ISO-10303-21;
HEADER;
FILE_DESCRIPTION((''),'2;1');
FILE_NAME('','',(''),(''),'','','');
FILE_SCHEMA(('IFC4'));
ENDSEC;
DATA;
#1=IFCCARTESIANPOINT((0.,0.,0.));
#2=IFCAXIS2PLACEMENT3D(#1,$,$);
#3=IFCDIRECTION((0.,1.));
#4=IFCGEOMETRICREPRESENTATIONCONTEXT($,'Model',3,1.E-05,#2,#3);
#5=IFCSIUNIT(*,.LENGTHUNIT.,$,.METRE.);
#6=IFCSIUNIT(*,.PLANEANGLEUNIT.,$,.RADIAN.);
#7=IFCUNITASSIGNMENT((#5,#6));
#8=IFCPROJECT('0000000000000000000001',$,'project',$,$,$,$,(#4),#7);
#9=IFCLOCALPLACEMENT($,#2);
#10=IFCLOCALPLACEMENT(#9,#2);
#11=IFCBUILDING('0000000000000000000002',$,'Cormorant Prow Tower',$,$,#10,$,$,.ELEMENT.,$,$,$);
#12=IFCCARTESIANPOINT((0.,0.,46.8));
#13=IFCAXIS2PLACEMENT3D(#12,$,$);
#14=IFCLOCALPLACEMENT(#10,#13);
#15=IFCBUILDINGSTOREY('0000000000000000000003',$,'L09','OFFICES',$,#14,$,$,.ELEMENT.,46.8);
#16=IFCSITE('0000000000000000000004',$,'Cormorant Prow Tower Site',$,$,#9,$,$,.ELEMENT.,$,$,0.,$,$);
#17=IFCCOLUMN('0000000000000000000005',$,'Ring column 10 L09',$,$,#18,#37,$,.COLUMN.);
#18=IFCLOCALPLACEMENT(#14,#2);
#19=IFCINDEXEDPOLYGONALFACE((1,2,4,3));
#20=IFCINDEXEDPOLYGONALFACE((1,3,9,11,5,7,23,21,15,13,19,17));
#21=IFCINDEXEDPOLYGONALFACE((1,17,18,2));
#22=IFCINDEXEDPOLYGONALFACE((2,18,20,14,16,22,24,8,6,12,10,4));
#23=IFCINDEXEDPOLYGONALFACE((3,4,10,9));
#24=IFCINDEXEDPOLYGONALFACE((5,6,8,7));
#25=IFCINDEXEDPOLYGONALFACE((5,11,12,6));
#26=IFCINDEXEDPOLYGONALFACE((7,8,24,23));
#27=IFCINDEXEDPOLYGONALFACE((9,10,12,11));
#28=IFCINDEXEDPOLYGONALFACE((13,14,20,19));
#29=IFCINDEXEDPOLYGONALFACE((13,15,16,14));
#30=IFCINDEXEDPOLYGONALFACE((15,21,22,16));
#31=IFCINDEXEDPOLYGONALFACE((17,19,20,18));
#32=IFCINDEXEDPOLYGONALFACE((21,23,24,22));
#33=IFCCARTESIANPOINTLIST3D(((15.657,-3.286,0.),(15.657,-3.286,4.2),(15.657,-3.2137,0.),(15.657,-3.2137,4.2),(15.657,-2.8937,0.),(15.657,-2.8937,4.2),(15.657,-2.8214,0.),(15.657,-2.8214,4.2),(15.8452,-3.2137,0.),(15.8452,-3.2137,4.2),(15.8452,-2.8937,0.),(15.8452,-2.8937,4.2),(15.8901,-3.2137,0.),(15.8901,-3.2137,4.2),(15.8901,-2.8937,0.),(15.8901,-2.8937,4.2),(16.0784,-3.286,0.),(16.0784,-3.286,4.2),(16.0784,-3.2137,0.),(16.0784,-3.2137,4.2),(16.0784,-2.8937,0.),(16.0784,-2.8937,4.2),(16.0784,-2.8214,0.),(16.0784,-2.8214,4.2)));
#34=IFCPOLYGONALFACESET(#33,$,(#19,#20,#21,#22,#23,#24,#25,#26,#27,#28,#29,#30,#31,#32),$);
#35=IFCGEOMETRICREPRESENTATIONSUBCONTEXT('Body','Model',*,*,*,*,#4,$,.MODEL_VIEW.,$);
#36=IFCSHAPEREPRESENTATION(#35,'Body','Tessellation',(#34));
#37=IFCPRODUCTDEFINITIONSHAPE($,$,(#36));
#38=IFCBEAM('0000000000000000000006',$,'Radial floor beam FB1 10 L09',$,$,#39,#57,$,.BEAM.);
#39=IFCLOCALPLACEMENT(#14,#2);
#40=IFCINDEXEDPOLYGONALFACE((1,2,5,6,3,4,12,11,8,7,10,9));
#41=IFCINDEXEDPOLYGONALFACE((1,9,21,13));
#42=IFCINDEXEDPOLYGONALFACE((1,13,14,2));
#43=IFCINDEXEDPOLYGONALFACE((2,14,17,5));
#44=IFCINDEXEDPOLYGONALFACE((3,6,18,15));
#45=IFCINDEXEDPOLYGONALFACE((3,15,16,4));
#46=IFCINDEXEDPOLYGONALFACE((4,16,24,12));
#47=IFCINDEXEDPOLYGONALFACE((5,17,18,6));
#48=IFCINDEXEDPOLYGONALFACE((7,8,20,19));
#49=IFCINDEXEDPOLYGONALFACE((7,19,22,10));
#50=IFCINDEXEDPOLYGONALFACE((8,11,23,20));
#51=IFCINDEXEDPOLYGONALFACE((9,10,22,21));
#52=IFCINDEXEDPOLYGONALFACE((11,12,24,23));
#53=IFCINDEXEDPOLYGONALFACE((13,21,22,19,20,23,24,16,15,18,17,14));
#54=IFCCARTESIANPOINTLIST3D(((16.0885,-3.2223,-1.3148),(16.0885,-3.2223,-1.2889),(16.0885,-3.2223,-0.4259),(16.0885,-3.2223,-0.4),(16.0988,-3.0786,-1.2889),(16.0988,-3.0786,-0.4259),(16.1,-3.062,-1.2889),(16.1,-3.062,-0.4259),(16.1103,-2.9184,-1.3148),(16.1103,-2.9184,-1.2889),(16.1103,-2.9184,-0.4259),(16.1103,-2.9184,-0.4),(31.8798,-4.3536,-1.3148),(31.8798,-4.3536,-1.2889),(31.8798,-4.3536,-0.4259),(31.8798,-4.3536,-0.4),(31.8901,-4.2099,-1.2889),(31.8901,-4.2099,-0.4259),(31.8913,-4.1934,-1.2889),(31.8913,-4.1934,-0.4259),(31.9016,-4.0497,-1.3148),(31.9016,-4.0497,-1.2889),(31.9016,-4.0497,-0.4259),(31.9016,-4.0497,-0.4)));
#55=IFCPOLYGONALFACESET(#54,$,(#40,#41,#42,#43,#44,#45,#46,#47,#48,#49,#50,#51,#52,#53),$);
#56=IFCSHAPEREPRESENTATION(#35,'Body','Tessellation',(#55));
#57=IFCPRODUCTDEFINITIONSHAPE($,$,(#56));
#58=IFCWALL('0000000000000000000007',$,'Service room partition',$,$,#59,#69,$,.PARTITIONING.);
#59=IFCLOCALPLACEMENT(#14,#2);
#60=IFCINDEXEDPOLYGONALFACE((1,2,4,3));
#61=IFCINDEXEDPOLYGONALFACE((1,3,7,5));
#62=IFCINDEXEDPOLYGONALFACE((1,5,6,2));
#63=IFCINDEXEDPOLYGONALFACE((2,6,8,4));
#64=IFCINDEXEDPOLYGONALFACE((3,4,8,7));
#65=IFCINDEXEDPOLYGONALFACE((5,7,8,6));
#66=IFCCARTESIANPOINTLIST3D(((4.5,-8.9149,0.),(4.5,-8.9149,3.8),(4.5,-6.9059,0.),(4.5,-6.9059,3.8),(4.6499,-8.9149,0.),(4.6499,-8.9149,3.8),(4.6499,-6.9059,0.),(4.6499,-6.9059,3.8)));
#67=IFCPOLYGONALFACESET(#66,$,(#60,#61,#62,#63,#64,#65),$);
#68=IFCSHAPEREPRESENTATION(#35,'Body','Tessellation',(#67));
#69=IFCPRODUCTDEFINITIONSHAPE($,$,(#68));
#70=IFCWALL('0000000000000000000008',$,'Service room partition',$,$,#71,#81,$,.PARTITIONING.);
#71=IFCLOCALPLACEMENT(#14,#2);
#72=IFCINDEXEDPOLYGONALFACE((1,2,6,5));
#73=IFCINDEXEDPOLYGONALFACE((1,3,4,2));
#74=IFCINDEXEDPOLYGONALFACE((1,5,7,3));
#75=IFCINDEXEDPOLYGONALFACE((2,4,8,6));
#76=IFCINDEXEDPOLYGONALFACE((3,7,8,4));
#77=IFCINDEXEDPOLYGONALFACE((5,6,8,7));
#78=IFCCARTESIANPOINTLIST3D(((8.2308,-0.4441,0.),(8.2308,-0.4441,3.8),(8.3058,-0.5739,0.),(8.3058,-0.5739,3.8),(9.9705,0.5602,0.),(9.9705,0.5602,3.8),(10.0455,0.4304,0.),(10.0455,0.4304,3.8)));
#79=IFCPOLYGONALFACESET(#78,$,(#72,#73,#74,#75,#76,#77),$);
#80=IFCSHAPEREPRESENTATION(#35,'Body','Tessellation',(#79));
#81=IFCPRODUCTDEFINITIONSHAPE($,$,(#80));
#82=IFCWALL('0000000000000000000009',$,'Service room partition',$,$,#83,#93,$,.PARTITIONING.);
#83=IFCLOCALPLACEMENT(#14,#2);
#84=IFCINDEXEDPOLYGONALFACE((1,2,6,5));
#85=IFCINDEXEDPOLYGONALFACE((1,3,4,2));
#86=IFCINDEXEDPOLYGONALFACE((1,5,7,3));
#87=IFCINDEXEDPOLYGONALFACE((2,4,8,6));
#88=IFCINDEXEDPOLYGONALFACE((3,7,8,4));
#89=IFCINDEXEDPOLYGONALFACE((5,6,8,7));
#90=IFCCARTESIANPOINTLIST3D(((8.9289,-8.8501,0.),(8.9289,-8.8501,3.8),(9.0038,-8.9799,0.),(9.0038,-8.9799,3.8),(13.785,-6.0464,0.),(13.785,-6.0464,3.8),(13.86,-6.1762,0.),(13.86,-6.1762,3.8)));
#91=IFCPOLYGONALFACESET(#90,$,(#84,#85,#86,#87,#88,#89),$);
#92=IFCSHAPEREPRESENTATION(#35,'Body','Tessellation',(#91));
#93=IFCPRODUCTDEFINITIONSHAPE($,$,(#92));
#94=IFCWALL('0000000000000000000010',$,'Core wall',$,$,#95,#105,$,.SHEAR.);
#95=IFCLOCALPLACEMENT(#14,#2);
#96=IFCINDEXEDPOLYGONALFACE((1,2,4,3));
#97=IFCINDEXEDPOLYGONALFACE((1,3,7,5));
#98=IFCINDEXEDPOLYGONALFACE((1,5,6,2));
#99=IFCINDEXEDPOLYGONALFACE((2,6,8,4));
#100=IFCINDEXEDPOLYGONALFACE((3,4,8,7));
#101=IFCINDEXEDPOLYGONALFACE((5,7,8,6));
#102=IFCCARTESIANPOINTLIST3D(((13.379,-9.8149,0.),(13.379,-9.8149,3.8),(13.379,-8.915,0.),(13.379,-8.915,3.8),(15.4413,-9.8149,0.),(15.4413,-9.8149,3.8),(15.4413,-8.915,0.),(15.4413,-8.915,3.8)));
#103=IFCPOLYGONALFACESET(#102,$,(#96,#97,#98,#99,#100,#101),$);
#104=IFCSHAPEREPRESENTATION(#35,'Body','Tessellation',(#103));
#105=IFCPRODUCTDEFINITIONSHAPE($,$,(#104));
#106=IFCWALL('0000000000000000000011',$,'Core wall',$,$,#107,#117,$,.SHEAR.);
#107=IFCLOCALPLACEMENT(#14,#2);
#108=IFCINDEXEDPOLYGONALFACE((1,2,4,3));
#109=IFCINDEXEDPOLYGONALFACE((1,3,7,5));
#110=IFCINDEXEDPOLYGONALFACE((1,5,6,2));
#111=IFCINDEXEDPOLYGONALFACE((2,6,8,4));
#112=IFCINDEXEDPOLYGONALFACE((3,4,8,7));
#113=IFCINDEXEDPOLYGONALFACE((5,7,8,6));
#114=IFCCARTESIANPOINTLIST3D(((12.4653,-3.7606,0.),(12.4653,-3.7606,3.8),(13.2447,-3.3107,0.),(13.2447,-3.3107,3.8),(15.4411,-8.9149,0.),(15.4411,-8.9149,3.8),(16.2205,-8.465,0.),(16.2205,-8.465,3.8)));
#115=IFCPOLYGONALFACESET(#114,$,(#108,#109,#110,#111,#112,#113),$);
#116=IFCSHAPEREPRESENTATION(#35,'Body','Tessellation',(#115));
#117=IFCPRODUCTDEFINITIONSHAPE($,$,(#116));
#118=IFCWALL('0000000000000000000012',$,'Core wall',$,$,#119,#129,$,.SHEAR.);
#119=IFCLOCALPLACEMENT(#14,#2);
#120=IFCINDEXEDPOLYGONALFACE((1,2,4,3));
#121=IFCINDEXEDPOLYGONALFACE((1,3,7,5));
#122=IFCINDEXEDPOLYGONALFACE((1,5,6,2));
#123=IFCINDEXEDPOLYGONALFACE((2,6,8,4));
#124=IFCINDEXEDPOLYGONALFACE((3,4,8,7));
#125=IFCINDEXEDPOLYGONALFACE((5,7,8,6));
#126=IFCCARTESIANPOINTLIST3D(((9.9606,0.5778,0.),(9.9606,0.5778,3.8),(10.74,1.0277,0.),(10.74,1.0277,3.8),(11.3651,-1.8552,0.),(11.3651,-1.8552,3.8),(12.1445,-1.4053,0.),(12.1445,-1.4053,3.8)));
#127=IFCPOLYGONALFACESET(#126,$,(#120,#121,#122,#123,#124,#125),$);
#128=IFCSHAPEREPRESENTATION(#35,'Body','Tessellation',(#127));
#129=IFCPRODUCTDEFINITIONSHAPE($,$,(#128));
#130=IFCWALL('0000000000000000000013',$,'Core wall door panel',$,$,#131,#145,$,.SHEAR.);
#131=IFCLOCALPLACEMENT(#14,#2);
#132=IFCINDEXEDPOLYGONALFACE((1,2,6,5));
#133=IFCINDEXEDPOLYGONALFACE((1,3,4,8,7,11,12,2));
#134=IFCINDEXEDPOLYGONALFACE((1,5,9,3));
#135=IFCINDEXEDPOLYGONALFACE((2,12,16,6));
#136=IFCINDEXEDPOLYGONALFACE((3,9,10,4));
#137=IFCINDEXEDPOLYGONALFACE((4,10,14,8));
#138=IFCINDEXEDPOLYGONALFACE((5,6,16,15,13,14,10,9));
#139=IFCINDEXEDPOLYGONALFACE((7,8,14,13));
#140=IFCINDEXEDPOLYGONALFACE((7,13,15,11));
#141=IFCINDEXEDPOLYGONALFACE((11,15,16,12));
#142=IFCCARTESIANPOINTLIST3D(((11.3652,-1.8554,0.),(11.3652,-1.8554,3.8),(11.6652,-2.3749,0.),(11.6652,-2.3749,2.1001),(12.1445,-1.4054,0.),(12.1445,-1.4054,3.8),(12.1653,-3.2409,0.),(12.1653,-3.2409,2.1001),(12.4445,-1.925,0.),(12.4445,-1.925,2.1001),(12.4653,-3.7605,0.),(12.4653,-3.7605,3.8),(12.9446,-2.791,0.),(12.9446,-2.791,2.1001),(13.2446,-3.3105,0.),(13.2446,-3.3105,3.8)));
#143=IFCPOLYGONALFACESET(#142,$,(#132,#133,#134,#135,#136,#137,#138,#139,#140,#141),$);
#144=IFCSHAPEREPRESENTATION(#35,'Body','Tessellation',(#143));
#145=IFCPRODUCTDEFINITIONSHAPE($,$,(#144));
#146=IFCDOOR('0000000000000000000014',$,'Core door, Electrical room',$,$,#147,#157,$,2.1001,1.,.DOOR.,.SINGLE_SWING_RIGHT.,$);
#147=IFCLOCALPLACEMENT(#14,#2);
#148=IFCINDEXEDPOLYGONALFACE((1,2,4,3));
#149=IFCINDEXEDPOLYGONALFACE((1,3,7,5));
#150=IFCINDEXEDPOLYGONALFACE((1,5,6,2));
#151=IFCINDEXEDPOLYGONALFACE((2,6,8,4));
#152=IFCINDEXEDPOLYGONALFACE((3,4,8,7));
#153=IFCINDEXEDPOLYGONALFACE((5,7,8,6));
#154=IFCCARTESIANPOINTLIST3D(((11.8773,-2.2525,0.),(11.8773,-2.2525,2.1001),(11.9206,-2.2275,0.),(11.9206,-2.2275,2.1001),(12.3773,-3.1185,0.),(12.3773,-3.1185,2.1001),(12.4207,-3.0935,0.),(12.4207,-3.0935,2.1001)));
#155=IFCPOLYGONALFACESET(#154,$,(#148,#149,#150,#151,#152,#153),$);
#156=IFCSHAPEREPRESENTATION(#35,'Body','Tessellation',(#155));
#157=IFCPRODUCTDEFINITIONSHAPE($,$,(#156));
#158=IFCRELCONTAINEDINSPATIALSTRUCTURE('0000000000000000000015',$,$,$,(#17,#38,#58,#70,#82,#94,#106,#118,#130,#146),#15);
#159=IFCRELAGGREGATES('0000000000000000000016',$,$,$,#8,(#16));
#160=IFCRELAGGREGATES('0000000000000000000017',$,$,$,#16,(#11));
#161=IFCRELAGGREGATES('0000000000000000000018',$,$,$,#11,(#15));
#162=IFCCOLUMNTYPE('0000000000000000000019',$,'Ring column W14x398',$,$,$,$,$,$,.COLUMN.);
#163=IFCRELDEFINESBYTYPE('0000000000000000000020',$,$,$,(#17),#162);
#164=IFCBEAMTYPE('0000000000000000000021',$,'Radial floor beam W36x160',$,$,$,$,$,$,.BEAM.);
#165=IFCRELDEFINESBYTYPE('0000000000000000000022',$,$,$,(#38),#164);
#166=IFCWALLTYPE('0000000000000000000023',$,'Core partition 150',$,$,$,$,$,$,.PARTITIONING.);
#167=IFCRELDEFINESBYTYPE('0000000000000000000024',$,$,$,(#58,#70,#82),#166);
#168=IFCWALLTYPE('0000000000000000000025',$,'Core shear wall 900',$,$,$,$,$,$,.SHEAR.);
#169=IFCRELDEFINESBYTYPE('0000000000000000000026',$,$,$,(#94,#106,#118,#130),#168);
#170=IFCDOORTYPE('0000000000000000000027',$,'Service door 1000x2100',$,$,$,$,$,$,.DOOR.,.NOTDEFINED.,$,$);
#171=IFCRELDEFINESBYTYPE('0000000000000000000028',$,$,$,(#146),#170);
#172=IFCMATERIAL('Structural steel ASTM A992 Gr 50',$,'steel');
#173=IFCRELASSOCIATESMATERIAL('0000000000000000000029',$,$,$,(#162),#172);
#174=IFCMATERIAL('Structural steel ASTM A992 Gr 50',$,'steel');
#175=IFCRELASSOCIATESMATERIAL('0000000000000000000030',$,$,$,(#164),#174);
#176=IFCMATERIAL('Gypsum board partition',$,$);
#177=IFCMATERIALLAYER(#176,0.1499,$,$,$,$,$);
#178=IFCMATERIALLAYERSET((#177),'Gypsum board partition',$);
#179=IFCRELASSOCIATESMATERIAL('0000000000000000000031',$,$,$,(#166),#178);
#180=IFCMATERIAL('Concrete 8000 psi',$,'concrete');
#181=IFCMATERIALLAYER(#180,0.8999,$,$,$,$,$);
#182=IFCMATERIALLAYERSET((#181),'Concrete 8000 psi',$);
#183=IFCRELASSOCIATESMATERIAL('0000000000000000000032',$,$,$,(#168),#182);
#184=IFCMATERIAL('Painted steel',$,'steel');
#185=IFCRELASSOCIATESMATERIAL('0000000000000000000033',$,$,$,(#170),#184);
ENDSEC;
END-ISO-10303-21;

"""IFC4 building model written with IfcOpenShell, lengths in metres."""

from ifc_helpers import new_model, si_unit, direction, frame, frame_2d, origin, origin_2d, place, context, subcontext, project, spatial, rectangle, i_section, extrude, material, layer, layer_set, material_profile, profile_set, type_object, element, fill, save


model = new_model("IFC4")

# Units and contexts
model_context = context("Model", 3, precision=1e-05, world=origin(), true_north=direction((0.0, 1.0)))
body_context = subcontext(model_context, "Body", "Model", "MODEL_VIEW")
ifc_project = project(units=[si_unit("LENGTHUNIT", "METRE"), si_unit("PLANEANGLEUNIT", "RADIAN")], contexts=[model_context])

# Site, building, storey
site_placement = place(None, origin())
site = spatial("IfcSite", under=ifc_project, at=site_placement, Name="Cormorant Prow Tower Site", CompositionType="ELEMENT", RefElevation=0.0)
building_placement = place(site_placement, origin())
building = spatial("IfcBuilding", under=site, at=building_placement, Name="Cormorant Prow Tower", CompositionType="ELEMENT")
storey_placement = place(building_placement, frame((0.0, 0.0, 46.8)))
storey = spatial("IfcBuildingStorey", under=building, at=storey_placement, Name="L09", Description="OFFICES", CompositionType="ELEMENT", Elevation=46.8)

# Column
ifc_material_1 = material(Name="Structural steel ASTM A992 Gr 50", Category="steel")
ifc_material_profile_1 = material_profile(ifc_material_1, i_section(OverallWidth=0.4214, OverallDepth=0.4646, WebThickness=0.0449, FlangeThickness=0.0723, at=origin_2d()), Name="W14x398")
ifc_profile_set_1 = profile_set([ifc_material_profile_1], Name="Structural steel ASTM A992 Gr 50")
column_type = type_object("IfcColumnType", Name="Ring column W14x398", PredefinedType="COLUMN", material=ifc_profile_set_1)
column_placement = place(storey_placement, frame((15.8677, -3.0537, 0.0), z_axis=(0.0, 0.0, 1.0), x_axis=(1.0, 0.0, 0.0)))
element("IfcColumn", 1, at=column_placement, inside=storey, type_object=column_type, Name="Ring column 10 L09", PredefinedType="COLUMN", context=body_context, shape_type="SweptSolid", body=[
    extrude(i_section(OverallWidth=0.4214, OverallDepth=0.4646, WebThickness=0.0449, FlangeThickness=0.0723, at=origin_2d()), origin(), (0.0, 0.0, 1.0), 4.2),
])

# Beam
ifc_material_2 = material(Name="Structural steel ASTM A992 Gr 50", Category="steel")
ifc_material_profile_2 = material_profile(ifc_material_2, i_section(OverallWidth=0.3047, OverallDepth=0.9148, WebThickness=0.0166, FlangeThickness=0.0259, at=origin_2d()), Name="W36x160")
ifc_profile_set_2 = profile_set([ifc_material_profile_2], Name="Structural steel ASTM A992 Gr 50")
beam_type = type_object("IfcBeamType", Name="Radial floor beam W36x160", PredefinedType="BEAM", material=ifc_profile_set_2)
beam_placement = place(storey_placement, frame((16.0994, -3.0703, -0.8574), z_axis=(0.997443, -0.071461, 0.0), x_axis=(0.071461, 0.997443, 0.0)))
element("IfcBeam", 2, at=beam_placement, inside=storey, type_object=beam_type, Name="Radial floor beam FB1 10 L09", PredefinedType="BEAM", context=body_context, shape_type="SweptSolid", body=[
    extrude(i_section(OverallWidth=0.3047, OverallDepth=0.9148, WebThickness=0.0166, FlangeThickness=0.0259, at=origin_2d()), origin(), (0.0, 0.0, 1.0), 15.8318),
])

# Walls
ifc_material_3 = material(Name="Gypsum board partition")
ifc_layer_1 = layer(ifc_material_3, 0.1499)
ifc_layer_set_1 = layer_set([ifc_layer_1], Name="Gypsum board partition")
wall_type_1 = type_object("IfcWallType", Name="Core partition 150", PredefinedType="PARTITIONING", material=ifc_layer_set_1)
wall_1_placement = place(storey_placement, frame((4.575, -6.906, 0.0), z_axis=(0.0, 0.0, 1.0), x_axis=(0.0, -1.0, 0.0)))
element("IfcWall", 3, at=wall_1_placement, inside=storey, type_object=wall_type_1, Name="Service room partition", PredefinedType="PARTITIONING", context=body_context, shape_type="SweptSolid", body=[
    extrude(rectangle(XDim=2.009, YDim=0.1499, at=frame_2d((1.0044, 0.0))), origin(), (0.0, 0.0, 1.0), 3.8),
])
wall_2_placement = place(storey_placement, frame((8.2683, -0.509, 0.0), z_axis=(0.0, 0.0, 1.0), x_axis=(0.866036, 0.499982, 0.0)))
element("IfcWall", 4, at=wall_2_placement, inside=storey, type_object=wall_type_1, Name="Service room partition", PredefinedType="PARTITIONING", context=body_context, shape_type="SweptSolid", body=[
    extrude(rectangle(XDim=2.0088, YDim=0.1499, at=frame_2d((1.0044, 0.0))), origin(), (0.0, 0.0, 1.0), 3.8),
])
wall_3_placement = place(storey_placement, frame((13.8225, -6.1113, 0.0), z_axis=(0.0, 0.0, 1.0), x_axis=(-0.866027, -0.499998, 0.0)))
element("IfcWall", 5, at=wall_3_placement, inside=storey, type_object=wall_type_1, Name="Service room partition", PredefinedType="PARTITIONING", context=body_context, shape_type="SweptSolid", body=[
    extrude(rectangle(XDim=5.6074, YDim=0.1499, at=frame_2d((2.8037, 0.0))), origin(), (0.0, 0.0, 1.0), 3.8),
])
ifc_material_4 = material(Name="Concrete 8000 psi", Category="concrete")
ifc_layer_2 = layer(ifc_material_4, 0.8999)
ifc_layer_set_2 = layer_set([ifc_layer_2], Name="Concrete 8000 psi")
wall_type_2 = type_object("IfcWallType", Name="Core shear wall 900", PredefinedType="SHEAR", material=ifc_layer_set_2)
wall_4_placement = place(storey_placement, frame((13.3789, -9.365, 0.0), z_axis=(0.0, 0.0, 1.0), x_axis=(1.0, 0.0, 0.0)))
element("IfcWall", 6, at=wall_4_placement, inside=storey, type_object=wall_type_2, Name="Core wall", PredefinedType="SHEAR", context=body_context, shape_type="SweptSolid", body=[
    extrude(rectangle(XDim=2.0623, YDim=0.8999, at=frame_2d((1.0312, 0.0))), origin(), (0.0, 0.0, 1.0), 3.8),
])
wall_5_placement = place(storey_placement, frame((15.8308, -8.6899, 0.0), z_axis=(0.0, 0.0, 1.0), x_axis=(-0.499999, 0.866026, 0.0)))
element("IfcWall", 7, at=wall_5_placement, inside=storey, type_object=wall_type_2, Name="Core wall", PredefinedType="SHEAR", context=body_context, shape_type="SweptSolid", body=[
    extrude(rectangle(XDim=5.9517, YDim=0.8999, at=frame_2d((2.9758, 0.0))), origin(), (0.0, 0.0, 1.0), 3.8),
])
wall_6_placement = place(storey_placement, frame((11.7549, -1.6304, 0.0), z_axis=(0.0, 0.0, 1.0), x_axis=(-0.499943, 0.866058, 0.0)))
element("IfcWall", 8, at=wall_6_placement, inside=storey, type_object=wall_type_2, Name="Core wall", PredefinedType="SHEAR", context=body_context, shape_type="SweptSolid", body=[
    extrude(rectangle(XDim=2.8093, YDim=0.8999, at=frame_2d((1.4048, 0.0))), origin(), (0.0, 0.0, 1.0), 3.8),
])

# Wall, opening, door
wall_7_placement = place(storey_placement, frame((12.855, -3.5356, 0.0), z_axis=(0.0, 0.0, 1.0), x_axis=(-0.50003, 0.866008, 0.0)))
wall_7 = element("IfcWall", 9, at=wall_7_placement, inside=storey, type_object=wall_type_2, Name="Core wall door panel", PredefinedType="SHEAR", context=body_context, shape_type="SweptSolid", body=[
    extrude(rectangle(XDim=2.2, YDim=0.8999, at=frame_2d((1.1001, 0.0))), origin(), (0.0, 0.0, 1.0), 3.8),
])
opening_1_placement = place(wall_7_placement, frame((0.6001, 0.0, 0.0)))
opening_1 = element("IfcOpeningElement", 10, at=opening_1_placement, cuts=wall_7, PredefinedType="OPENING", context=body_context, shape_type="SweptSolid", body=[
    extrude(rectangle(XDim=1.0, YDim=2.1001, at=frame_2d((0.5, 1.05))), frame((0.0, 0.46, 0.0), z_axis=(0.0, -1.0, 0.0), x_axis=(1.0, 0.0, 0.0)), (0.0, 0.0, 1.0), 0.9199),
])
ifc_material_5 = material(Name="Painted steel", Category="steel")
door_type_1 = type_object("IfcDoorType", Name="Service door 1000x2100", OperationType="NOTDEFINED", PredefinedType="DOOR", material=ifc_material_5)
door_1_placement = place(opening_1_placement, origin())
door_1 = element("IfcDoor", 11, at=door_1_placement, inside=storey, type_object=door_type_1, Name="Core door, Electrical room", OperationType="SINGLE_SWING_RIGHT", OverallHeight=2.1001, OverallWidth=1.0, PredefinedType="DOOR", context=body_context, shape_type="SweptSolid", body=[
    extrude(rectangle(XDim=1.0, YDim=2.1001, at=frame_2d((0.5, 1.05))), frame((0.0, 0.2051, 0.0), z_axis=(0.0, -1.0, 0.0), x_axis=(1.0, 0.0, 0.0)), (0.0, 0.0, 1.0), 0.05),
])
fill(opening_1, door_1)

save(model, "model.ifc")
